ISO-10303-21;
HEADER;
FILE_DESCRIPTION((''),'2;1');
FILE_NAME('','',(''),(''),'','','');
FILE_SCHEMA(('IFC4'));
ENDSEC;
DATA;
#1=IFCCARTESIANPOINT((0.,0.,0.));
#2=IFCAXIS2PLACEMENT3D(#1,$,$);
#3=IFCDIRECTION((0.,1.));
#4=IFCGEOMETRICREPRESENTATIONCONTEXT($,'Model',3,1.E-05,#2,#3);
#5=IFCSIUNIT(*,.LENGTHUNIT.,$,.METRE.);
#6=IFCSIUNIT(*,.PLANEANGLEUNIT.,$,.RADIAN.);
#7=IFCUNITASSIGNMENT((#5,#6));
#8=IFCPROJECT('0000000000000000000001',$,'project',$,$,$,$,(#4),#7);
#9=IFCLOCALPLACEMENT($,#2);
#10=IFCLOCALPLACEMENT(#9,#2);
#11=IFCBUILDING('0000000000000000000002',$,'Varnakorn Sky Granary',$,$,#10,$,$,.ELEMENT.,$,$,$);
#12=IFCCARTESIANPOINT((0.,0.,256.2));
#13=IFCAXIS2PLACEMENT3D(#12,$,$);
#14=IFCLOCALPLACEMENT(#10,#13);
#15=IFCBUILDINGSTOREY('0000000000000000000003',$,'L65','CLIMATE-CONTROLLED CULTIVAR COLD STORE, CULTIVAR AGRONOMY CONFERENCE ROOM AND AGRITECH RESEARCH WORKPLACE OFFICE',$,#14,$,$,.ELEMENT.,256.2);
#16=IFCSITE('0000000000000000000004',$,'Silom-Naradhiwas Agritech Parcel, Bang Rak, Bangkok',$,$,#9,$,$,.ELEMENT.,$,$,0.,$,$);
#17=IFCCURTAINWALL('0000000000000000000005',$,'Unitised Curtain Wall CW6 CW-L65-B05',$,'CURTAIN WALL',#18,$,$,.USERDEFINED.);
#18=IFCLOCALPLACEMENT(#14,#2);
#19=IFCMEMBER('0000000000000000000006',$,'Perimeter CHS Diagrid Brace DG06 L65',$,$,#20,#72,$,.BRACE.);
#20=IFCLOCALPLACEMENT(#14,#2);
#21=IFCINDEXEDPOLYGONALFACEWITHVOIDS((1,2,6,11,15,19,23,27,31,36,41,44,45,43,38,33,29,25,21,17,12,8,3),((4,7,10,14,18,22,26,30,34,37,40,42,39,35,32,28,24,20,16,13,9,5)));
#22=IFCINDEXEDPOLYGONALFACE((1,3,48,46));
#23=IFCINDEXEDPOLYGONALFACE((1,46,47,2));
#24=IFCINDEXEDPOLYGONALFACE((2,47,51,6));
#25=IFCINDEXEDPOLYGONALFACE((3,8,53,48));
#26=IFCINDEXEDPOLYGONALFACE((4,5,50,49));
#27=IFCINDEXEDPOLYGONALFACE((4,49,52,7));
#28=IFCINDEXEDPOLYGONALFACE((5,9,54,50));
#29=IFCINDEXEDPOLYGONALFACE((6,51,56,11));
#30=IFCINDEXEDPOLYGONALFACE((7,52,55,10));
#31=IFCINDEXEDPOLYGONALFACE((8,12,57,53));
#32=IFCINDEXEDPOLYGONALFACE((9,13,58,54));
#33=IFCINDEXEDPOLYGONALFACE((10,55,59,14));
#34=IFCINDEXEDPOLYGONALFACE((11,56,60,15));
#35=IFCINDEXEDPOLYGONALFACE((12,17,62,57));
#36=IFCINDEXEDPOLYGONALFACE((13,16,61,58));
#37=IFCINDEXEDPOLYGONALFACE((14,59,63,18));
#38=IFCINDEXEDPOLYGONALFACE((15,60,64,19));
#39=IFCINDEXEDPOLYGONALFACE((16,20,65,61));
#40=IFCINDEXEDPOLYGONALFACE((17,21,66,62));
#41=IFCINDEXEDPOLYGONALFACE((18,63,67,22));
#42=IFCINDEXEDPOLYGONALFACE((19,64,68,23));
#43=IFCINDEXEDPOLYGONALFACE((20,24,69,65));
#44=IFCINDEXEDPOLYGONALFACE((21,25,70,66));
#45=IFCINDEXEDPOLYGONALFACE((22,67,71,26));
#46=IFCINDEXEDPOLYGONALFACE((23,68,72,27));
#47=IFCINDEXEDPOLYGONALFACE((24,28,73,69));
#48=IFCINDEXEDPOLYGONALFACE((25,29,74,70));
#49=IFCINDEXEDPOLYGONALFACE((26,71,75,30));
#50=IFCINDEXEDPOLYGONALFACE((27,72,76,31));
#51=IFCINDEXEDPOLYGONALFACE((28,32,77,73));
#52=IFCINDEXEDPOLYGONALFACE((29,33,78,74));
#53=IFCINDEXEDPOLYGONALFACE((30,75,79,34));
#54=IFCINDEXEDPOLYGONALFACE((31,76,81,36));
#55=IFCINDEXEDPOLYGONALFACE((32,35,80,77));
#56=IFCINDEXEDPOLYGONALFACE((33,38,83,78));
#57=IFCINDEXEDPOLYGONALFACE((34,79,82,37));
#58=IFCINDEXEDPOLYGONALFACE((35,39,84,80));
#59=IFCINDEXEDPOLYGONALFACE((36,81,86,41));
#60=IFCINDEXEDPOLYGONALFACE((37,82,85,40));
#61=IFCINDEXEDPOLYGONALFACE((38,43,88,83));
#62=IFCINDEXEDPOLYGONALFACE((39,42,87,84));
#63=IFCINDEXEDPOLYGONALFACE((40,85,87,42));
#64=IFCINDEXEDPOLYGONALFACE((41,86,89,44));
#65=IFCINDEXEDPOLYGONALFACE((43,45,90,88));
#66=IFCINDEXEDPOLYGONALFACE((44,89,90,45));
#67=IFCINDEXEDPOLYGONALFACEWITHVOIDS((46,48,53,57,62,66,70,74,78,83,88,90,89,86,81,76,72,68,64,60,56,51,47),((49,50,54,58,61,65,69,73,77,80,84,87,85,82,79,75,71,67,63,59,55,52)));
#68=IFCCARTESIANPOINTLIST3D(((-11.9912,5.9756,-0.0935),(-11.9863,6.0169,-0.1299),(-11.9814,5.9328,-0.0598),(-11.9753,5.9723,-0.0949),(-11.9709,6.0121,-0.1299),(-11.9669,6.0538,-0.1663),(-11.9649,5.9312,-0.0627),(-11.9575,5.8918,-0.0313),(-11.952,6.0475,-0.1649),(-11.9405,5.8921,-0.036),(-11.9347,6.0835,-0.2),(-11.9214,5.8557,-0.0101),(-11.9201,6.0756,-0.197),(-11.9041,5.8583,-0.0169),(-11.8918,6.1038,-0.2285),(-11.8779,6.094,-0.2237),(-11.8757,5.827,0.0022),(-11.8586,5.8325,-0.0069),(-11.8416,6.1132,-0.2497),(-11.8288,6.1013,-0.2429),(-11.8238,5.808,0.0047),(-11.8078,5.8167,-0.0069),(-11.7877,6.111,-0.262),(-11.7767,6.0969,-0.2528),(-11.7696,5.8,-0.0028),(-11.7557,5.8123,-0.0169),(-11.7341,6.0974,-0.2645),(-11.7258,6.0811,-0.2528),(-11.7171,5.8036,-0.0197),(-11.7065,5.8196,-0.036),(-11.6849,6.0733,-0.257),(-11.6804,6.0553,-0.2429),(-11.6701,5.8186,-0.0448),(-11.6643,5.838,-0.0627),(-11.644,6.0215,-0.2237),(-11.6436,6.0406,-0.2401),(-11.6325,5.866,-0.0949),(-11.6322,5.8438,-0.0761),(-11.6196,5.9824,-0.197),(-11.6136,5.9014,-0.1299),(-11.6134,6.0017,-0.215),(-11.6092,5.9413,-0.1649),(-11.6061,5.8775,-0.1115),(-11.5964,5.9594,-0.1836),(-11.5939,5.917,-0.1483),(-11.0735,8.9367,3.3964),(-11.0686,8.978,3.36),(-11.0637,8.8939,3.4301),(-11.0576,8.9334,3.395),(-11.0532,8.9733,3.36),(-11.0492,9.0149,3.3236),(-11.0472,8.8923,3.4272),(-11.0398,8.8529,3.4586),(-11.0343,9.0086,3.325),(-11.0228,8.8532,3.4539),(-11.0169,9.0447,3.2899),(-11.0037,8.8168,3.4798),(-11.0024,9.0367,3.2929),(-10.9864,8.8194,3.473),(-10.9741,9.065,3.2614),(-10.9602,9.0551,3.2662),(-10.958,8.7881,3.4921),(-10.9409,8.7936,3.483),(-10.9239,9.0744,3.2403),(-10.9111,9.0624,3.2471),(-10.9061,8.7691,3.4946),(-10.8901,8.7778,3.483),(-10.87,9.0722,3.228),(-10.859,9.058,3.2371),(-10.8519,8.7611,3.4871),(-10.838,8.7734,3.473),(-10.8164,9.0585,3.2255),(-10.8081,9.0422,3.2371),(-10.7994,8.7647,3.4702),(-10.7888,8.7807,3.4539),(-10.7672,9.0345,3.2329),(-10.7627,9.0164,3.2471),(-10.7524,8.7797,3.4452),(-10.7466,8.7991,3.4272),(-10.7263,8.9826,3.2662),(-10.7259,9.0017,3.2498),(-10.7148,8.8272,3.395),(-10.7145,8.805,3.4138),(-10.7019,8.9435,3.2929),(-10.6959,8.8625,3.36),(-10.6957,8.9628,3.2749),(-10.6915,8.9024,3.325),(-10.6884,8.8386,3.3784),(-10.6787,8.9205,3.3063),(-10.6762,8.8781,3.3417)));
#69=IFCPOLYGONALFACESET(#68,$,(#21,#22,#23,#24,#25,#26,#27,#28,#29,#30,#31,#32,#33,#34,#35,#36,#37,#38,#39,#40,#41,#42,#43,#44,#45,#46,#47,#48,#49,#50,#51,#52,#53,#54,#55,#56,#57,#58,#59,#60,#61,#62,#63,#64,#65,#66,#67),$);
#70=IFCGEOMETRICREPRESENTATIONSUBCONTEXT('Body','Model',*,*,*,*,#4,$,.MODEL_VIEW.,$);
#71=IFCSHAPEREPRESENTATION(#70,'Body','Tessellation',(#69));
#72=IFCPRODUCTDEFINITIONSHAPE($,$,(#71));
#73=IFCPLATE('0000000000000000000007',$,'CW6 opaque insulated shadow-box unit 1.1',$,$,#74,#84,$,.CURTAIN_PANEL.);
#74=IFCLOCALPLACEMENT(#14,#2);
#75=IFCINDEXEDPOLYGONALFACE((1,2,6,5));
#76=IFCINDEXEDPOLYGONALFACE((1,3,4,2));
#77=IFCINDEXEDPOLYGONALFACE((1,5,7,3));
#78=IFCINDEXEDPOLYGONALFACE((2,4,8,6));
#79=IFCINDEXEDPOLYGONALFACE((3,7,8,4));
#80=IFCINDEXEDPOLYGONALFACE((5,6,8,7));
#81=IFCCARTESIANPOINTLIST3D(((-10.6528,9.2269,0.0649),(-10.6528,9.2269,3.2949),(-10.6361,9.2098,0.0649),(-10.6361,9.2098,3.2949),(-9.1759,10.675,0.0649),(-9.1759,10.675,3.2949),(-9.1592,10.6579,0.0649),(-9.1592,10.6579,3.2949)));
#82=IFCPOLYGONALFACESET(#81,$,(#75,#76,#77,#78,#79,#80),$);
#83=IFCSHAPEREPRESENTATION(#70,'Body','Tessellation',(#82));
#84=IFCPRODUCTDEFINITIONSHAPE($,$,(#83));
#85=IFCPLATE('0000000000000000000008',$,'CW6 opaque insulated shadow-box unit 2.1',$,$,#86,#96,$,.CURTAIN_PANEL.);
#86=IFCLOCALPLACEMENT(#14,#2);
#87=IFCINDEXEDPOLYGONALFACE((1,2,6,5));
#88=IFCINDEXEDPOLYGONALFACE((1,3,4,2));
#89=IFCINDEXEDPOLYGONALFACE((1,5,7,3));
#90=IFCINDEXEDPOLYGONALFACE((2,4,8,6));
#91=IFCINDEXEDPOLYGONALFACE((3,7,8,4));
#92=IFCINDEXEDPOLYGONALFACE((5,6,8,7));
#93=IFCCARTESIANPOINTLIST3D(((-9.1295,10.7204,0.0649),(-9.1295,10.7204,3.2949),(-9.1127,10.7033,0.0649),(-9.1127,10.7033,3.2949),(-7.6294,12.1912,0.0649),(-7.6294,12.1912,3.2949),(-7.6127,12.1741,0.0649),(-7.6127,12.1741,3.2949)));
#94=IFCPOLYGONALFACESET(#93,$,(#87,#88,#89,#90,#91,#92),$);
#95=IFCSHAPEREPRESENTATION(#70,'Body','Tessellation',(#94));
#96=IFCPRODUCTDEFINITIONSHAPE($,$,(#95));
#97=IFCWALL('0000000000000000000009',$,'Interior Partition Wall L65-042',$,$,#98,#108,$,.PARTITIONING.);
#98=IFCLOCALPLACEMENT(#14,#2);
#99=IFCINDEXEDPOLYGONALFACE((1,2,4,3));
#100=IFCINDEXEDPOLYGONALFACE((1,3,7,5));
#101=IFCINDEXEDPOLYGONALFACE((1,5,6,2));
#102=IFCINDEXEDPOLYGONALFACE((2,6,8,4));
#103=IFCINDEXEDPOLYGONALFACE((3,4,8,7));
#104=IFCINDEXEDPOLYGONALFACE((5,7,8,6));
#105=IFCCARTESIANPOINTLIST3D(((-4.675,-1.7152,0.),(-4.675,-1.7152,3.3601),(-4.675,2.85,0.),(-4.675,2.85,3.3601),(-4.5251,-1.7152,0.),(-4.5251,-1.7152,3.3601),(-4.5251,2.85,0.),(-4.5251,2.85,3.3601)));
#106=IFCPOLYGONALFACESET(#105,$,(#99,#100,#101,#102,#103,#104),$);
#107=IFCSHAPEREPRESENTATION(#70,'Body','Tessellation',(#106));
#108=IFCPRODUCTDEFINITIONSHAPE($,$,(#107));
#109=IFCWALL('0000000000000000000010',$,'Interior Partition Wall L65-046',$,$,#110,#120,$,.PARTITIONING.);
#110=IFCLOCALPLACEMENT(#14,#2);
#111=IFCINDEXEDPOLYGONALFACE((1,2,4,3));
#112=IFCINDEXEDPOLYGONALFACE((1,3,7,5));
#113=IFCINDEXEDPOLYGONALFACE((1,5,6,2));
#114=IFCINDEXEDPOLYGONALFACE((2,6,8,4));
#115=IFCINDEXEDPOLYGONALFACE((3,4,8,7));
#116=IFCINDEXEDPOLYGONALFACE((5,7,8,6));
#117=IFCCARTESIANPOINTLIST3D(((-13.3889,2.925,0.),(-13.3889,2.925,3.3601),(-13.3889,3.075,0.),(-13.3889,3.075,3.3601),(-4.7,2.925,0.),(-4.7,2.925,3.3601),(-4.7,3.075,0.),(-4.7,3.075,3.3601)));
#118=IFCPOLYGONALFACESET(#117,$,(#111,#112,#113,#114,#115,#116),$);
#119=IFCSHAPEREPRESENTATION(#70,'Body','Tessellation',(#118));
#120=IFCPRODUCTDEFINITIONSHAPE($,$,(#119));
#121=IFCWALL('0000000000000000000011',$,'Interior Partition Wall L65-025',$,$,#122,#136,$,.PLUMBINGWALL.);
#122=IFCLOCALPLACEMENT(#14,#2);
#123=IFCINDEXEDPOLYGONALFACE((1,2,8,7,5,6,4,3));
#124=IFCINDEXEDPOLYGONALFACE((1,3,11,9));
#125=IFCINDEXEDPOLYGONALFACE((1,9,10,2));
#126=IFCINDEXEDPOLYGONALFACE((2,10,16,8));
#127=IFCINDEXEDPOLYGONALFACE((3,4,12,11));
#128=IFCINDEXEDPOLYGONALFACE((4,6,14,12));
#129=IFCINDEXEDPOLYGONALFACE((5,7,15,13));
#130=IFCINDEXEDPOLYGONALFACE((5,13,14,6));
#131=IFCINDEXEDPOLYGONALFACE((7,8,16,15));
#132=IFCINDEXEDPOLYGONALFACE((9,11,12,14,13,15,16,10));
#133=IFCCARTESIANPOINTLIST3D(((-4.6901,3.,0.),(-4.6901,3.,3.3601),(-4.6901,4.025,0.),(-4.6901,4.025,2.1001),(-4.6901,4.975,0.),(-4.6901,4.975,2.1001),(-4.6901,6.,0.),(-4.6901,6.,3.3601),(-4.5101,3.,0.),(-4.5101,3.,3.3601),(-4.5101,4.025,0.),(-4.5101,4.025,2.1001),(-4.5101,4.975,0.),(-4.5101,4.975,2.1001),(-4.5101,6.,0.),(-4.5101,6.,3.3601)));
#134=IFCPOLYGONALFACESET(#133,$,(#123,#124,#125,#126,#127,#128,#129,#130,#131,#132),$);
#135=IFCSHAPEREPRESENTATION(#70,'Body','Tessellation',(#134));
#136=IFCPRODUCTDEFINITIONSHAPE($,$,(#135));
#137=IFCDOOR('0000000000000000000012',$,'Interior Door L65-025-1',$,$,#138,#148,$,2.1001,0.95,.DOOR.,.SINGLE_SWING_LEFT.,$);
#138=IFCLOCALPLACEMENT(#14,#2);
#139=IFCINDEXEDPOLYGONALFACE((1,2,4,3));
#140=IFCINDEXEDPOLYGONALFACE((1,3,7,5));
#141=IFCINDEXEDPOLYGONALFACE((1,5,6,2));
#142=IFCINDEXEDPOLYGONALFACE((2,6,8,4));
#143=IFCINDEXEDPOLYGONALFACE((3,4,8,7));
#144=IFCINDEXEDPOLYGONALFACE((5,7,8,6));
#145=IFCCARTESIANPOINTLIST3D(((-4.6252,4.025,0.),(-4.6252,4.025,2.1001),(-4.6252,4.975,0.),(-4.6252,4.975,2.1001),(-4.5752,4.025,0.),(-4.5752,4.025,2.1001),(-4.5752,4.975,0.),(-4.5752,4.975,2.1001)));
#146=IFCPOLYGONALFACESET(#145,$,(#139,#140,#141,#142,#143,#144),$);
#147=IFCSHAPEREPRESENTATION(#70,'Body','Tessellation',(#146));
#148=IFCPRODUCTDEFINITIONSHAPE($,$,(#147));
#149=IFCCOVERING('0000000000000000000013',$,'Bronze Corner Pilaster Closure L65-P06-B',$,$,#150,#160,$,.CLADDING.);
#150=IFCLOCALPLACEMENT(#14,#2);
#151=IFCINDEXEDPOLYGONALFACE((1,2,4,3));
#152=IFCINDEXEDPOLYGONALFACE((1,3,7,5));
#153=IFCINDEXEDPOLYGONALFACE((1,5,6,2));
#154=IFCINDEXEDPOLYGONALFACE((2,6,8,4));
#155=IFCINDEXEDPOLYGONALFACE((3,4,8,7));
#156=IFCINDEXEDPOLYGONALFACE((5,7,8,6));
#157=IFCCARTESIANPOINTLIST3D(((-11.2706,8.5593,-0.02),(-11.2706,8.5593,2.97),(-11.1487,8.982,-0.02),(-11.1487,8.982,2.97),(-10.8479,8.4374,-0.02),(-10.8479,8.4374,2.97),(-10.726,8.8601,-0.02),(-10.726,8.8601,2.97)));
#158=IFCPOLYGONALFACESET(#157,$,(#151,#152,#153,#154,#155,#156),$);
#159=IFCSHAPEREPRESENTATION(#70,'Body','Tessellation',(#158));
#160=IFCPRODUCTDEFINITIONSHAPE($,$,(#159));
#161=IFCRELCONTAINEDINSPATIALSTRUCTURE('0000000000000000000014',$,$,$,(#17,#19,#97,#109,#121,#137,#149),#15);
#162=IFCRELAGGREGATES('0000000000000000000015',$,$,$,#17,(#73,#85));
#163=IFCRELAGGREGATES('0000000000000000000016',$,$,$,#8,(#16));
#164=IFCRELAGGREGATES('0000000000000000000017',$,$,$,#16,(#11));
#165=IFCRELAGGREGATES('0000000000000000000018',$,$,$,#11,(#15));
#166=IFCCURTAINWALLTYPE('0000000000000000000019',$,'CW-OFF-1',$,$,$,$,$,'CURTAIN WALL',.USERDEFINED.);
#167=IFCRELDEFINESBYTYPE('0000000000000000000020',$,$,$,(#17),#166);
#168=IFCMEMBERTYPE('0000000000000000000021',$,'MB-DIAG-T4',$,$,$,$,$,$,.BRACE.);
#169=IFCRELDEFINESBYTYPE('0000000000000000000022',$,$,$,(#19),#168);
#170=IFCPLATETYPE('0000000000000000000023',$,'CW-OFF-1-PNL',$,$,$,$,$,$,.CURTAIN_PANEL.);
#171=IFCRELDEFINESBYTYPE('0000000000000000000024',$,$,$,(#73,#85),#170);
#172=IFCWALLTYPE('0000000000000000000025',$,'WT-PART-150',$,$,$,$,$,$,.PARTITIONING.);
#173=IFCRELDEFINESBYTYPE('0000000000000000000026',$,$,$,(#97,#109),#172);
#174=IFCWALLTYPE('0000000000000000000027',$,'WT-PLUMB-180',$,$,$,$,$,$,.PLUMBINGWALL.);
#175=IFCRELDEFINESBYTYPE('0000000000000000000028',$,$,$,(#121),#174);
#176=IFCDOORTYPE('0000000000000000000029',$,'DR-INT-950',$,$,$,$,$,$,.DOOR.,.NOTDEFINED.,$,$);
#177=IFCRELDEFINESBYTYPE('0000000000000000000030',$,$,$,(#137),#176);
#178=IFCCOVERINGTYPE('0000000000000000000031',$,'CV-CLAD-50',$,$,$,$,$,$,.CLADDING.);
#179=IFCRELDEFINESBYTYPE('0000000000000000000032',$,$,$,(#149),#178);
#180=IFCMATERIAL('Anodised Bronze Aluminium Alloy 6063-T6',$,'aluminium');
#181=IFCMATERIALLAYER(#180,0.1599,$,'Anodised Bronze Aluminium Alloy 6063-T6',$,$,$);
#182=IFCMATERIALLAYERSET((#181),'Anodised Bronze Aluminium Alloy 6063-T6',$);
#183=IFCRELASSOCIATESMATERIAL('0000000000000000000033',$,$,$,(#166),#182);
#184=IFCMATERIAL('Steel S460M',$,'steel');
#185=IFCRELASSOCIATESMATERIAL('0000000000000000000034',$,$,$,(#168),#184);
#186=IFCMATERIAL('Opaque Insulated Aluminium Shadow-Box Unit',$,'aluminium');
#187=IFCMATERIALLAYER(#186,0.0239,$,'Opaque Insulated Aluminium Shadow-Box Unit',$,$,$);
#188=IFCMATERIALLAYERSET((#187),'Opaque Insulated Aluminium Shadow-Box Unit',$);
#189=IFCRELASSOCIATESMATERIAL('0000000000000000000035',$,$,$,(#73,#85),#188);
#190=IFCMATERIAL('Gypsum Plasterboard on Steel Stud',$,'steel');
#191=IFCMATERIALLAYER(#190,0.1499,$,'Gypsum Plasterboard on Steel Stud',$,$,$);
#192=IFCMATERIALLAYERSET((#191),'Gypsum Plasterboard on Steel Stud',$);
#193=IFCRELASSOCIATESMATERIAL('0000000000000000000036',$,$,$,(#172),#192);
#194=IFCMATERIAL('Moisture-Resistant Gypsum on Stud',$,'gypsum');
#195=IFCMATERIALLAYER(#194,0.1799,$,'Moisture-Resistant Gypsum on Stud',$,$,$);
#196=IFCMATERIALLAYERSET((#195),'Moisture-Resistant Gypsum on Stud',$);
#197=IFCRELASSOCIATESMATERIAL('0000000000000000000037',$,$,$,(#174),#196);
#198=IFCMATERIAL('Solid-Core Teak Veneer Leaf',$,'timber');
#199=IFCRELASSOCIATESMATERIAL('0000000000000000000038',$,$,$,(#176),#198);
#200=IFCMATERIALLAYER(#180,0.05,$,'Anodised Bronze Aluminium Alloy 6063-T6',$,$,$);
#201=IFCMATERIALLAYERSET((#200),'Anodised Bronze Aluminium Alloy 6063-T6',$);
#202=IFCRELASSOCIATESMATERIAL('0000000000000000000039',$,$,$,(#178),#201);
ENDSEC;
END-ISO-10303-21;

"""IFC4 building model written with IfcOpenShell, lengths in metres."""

from ifc_helpers import new_model, si_unit, direction, frame, frame_2d, origin, origin_2d, place, context, subcontext, project, spatial, rectangle, hollow_circle, extrude, source, transform, mapped, material, layer, layer_set, material_profile, profile_set, type_object, type_shapes, element, fill, aggregate, save


model = new_model("IFC4")

# Units and contexts
model_context = context("Model", 3, precision=1e-05, world=origin(), true_north=direction((0.0, 1.0)))
body_context = subcontext(model_context, "Body", "Model", "MODEL_VIEW")
ifc_project = project(units=[si_unit("LENGTHUNIT", "METRE"), si_unit("PLANEANGLEUNIT", "RADIAN")], contexts=[model_context])

# Site, building, storey
site_placement = place(None, origin())
site = spatial("IfcSite", under=ifc_project, at=site_placement, Name="Silom-Naradhiwas Agritech Parcel, Bang Rak, Bangkok", CompositionType="ELEMENT", RefElevation=0.0)
building_placement = place(site_placement, origin())
building = spatial("IfcBuilding", under=site, at=building_placement, Name="Varnakorn Sky Granary", CompositionType="ELEMENT")
storey_placement = place(building_placement, frame((0.0, 0.0, 256.2)))
storey = spatial("IfcBuildingStorey", under=building, at=storey_placement, Name="L65", Description="CLIMATE-CONTROLLED CULTIVAR COLD STORE, CULTIVAR AGRONOMY CONFERENCE ROOM AND AGRITECH RESEARCH WORKPLACE OFFICE", CompositionType="ELEMENT", Elevation=256.2)

# Shared definitions
ifc_material_1 = material(Name="Steel S460M", Category="steel")

# Curtain wall
ifc_material_2 = material(Name="Anodised Bronze Aluminium Alloy 6063-T6", Category="aluminium")
ifc_layer_1 = layer(ifc_material_2, 0.1599, Name="Anodised Bronze Aluminium Alloy 6063-T6")
ifc_layer_set_1 = layer_set([ifc_layer_1], Name="Anodised Bronze Aluminium Alloy 6063-T6")
curtain_wall_type = type_object("IfcCurtainWallType", Name="CW-OFF-1", ElementType="CURTAIN WALL", PredefinedType="USERDEFINED", material=ifc_layer_set_1)
curtain_wall_placement = place(storey_placement, origin())
curtain_wall = element("IfcCurtainWall", 1, at=curtain_wall_placement, inside=storey, type_object=curtain_wall_type, Name="Unitised Curtain Wall CW6 CW-L65-B05", ObjectType="CURTAIN WALL", PredefinedType="USERDEFINED")

# Member
ifc_material_profile_1 = material_profile(ifc_material_1, hollow_circle(Radius=0.2031, WallThickness=0.0161, at=origin_2d()), Name="CHS 406.4x16")
ifc_profile_set_1 = profile_set([ifc_material_profile_1], Name="Steel S460M")
member_type_1 = type_object("IfcMemberType", Name="MB-DIAG-T4", PredefinedType="BRACE", material=ifc_profile_set_1)
member_1_placement = place(storey_placement, frame((-11.7922, 5.9568, -0.1299), z_axis=(0.196596, 0.634349, 0.747631), x_axis=(-0.955179, 0.296028, 0.0)))
element("IfcMember", 2, at=member_1_placement, inside=storey, type_object=member_type_1, Name="Perimeter CHS Diagrid Brace DG06 L65", PredefinedType="BRACE", context=body_context, shape_type="SweptSolid", body=[
    extrude(hollow_circle(Radius=0.2031, WallThickness=0.0161, at=origin_2d()), origin(), (0.0, 0.0, 1.0), 4.668),
])

# Plates
ifc_material_3 = material(Name="Opaque Insulated Aluminium Shadow-Box Unit", Category="aluminium")
ifc_layer_2 = layer(ifc_material_3, 0.0239, Name="Opaque Insulated Aluminium Shadow-Box Unit")
ifc_layer_set_2 = layer_set([ifc_layer_2], Name="Opaque Insulated Aluminium Shadow-Box Unit")
plate_type = type_object("IfcPlateType", Name="CW-OFF-1-PNL", PredefinedType="CURTAIN_PANEL")
shared_shape_1 = source(origin(), body_context, "Body", "SweptSolid", [
    extrude(rectangle(XDim=2.0684, YDim=0.0239, at=origin_2d()), origin(), (0.0, 0.0, 1.0), 3.23),
])
plate_1_placement = place(storey_placement, frame((-9.906, 9.9424, 0.0649), z_axis=(0.0, 0.0, 1.0), x_axis=(0.714027, 0.700118, 0.0)))
plate_1 = element("IfcPlate", 3, at=plate_1_placement, type_object=plate_type, material=ifc_layer_set_2, Name="CW6 opaque insulated shadow-box unit 1.1", PredefinedType="CURTAIN_PANEL", context=body_context, shape_type="MappedRepresentation", body=[
    mapped(shared_shape_1, transform((0.0, 0.0, 0.0), x_axis=(1.0, 0.0, 0.0), y_axis=(0.0, 1.0, 0.0), z_axis=(0.0, 0.0, 1.0), scale=1.0)),
])
shared_shape_2 = source(origin(), body_context, "Body", "SweptSolid", [
    extrude(rectangle(XDim=2.1008, YDim=0.0239, at=origin_2d()), origin(), (0.0, 0.0, 1.0), 3.23),
])
type_shapes(plate_type, [shared_shape_1, shared_shape_2])
plate_2_placement = place(storey_placement, frame((-8.3711, 11.4473, 0.0649), z_axis=(0.0, 0.0, 1.0), x_axis=(0.714027, 0.700118, 0.0)))
plate_2 = element("IfcPlate", 4, at=plate_2_placement, type_object=plate_type, material=ifc_layer_set_2, Name="CW6 opaque insulated shadow-box unit 2.1", PredefinedType="CURTAIN_PANEL", context=body_context, shape_type="MappedRepresentation", body=[
    mapped(shared_shape_2, transform((0.0, 0.0, 0.0), x_axis=(1.0, 0.0, 0.0), y_axis=(0.0, 1.0, 0.0), z_axis=(0.0, 0.0, 1.0), scale=1.0)),
])
aggregate(curtain_wall, [plate_1, plate_2])

# Walls
ifc_material_4 = material(Name="Gypsum Plasterboard on Steel Stud", Category="steel")
ifc_layer_3 = layer(ifc_material_4, 0.1499, Name="Gypsum Plasterboard on Steel Stud")
ifc_layer_set_3 = layer_set([ifc_layer_3], Name="Gypsum Plasterboard on Steel Stud")
wall_type_1 = type_object("IfcWallType", Name="WT-PART-150", PredefinedType="PARTITIONING", material=ifc_layer_set_3)
wall_1_placement = place(storey_placement, frame((-4.6001, 2.8501, 0.0), z_axis=(0.0, 0.0, 1.0), x_axis=(0.0, -1.0, 0.0)))
element("IfcWall", 5, at=wall_1_placement, inside=storey, type_object=wall_type_1, Name="Interior Partition Wall L65-042", PredefinedType="PARTITIONING", context=body_context, shape_type="SweptSolid", body=[
    extrude(rectangle(XDim=4.5652, YDim=0.1499, at=frame_2d((2.2827, 0.0))), origin(), (0.0, 0.0, 1.0), 3.3601),
])
wall_2_placement = place(storey_placement, frame((-13.3889, 3.0, 0.0), z_axis=(0.0, 0.0, 1.0), x_axis=(1.0, 0.0, 0.0)))
element("IfcWall", 6, at=wall_2_placement, inside=storey, type_object=wall_type_1, Name="Interior Partition Wall L65-046", PredefinedType="PARTITIONING", context=body_context, shape_type="SweptSolid", body=[
    extrude(rectangle(XDim=8.689, YDim=0.1499, at=frame_2d((4.3445, 0.0))), origin(), (0.0, 0.0, 1.0), 3.3601),
])

# Wall, opening, door
ifc_material_5 = material(Name="Moisture-Resistant Gypsum on Stud", Category="gypsum")
ifc_layer_4 = layer(ifc_material_5, 0.1799, Name="Moisture-Resistant Gypsum on Stud")
ifc_layer_set_4 = layer_set([ifc_layer_4], Name="Moisture-Resistant Gypsum on Stud")
wall_type_2 = type_object("IfcWallType", Name="WT-PLUMB-180", PredefinedType="PLUMBINGWALL", material=ifc_layer_set_4)
wall_3_placement = place(storey_placement, frame((-4.6001, 6.0, 0.0), z_axis=(0.0, 0.0, 1.0), x_axis=(0.0, -1.0, 0.0)))
wall_3 = element("IfcWall", 7, at=wall_3_placement, inside=storey, type_object=wall_type_2, Name="Interior Partition Wall L65-025", PredefinedType="PLUMBINGWALL", context=body_context, shape_type="SweptSolid", body=[
    extrude(rectangle(XDim=3.0, YDim=0.1799, at=frame_2d((1.5, 0.0))), origin(), (0.0, 0.0, 1.0), 3.3601),
])
opening_placement = place(wall_3_placement, frame((1.0249, 0.0, 0.0)))
opening = element("IfcOpeningElement", 8, at=opening_placement, cuts=wall_3, PredefinedType="OPENING", context=body_context, shape_type="SweptSolid", body=[
    extrude(rectangle(XDim=0.95, YDim=2.1001, at=frame_2d((0.4751, 1.05))), frame((0.0, 0.1001, 0.0), z_axis=(0.0, -1.0, 0.0), x_axis=(1.0, 0.0, 0.0)), (0.0, 0.0, 1.0), 0.2),
])
ifc_material_6 = material(Name="Solid-Core Teak Veneer Leaf", Category="timber")
door_type = type_object("IfcDoorType", Name="DR-INT-950", OperationType="NOTDEFINED", PredefinedType="DOOR", material=ifc_material_6)
door_placement = place(opening_placement, origin())
door = element("IfcDoor", 9, at=door_placement, inside=storey, type_object=door_type, Name="Interior Door L65-025-1", OperationType="SINGLE_SWING_LEFT", OverallHeight=2.1001, OverallWidth=0.95, PredefinedType="DOOR", context=body_context, shape_type="SweptSolid", body=[
    extrude(rectangle(XDim=0.95, YDim=2.1001, at=frame_2d((0.4751, 1.05))), frame((0.0, 0.0249, 0.0), z_axis=(0.0, -1.0, 0.0), x_axis=(1.0, 0.0, 0.0)), (0.0, 0.0, 1.0), 0.05),
])
fill(opening, door)

# Covering
ifc_layer_5 = layer(ifc_material_2, 0.05, Name="Anodised Bronze Aluminium Alloy 6063-T6")
ifc_layer_set_5 = layer_set([ifc_layer_5], Name="Anodised Bronze Aluminium Alloy 6063-T6")
covering_type = type_object("IfcCoveringType", Name="CV-CLAD-50", PredefinedType="CLADDING", material=ifc_layer_set_5)
shared_shape_3 = source(origin(), body_context, "Body", "SweptSolid", [
    extrude(rectangle(XDim=0.4399, YDim=0.4399, at=origin_2d()), origin(), (0.0, 0.0, 1.0), 2.99),
])
type_shapes(covering_type, [shared_shape_3])
covering_placement = place(storey_placement, frame((-10.9983, 8.7097, -0.02), z_axis=(0.0, 0.0, 1.0), x_axis=(0.277147, 0.960828, 0.0)))
element("IfcCovering", 10, at=covering_placement, inside=storey, type_object=covering_type, Name="Bronze Corner Pilaster Closure L65-P06-B", PredefinedType="CLADDING", context=body_context, shape_type="MappedRepresentation", body=[
    mapped(shared_shape_3, transform((0.0, 0.0, 0.0), x_axis=(1.0, 0.0, 0.0), y_axis=(0.0, 1.0, 0.0), z_axis=(0.0, 0.0, 1.0), scale=1.0)),
])

save(model, "model.ifc")
